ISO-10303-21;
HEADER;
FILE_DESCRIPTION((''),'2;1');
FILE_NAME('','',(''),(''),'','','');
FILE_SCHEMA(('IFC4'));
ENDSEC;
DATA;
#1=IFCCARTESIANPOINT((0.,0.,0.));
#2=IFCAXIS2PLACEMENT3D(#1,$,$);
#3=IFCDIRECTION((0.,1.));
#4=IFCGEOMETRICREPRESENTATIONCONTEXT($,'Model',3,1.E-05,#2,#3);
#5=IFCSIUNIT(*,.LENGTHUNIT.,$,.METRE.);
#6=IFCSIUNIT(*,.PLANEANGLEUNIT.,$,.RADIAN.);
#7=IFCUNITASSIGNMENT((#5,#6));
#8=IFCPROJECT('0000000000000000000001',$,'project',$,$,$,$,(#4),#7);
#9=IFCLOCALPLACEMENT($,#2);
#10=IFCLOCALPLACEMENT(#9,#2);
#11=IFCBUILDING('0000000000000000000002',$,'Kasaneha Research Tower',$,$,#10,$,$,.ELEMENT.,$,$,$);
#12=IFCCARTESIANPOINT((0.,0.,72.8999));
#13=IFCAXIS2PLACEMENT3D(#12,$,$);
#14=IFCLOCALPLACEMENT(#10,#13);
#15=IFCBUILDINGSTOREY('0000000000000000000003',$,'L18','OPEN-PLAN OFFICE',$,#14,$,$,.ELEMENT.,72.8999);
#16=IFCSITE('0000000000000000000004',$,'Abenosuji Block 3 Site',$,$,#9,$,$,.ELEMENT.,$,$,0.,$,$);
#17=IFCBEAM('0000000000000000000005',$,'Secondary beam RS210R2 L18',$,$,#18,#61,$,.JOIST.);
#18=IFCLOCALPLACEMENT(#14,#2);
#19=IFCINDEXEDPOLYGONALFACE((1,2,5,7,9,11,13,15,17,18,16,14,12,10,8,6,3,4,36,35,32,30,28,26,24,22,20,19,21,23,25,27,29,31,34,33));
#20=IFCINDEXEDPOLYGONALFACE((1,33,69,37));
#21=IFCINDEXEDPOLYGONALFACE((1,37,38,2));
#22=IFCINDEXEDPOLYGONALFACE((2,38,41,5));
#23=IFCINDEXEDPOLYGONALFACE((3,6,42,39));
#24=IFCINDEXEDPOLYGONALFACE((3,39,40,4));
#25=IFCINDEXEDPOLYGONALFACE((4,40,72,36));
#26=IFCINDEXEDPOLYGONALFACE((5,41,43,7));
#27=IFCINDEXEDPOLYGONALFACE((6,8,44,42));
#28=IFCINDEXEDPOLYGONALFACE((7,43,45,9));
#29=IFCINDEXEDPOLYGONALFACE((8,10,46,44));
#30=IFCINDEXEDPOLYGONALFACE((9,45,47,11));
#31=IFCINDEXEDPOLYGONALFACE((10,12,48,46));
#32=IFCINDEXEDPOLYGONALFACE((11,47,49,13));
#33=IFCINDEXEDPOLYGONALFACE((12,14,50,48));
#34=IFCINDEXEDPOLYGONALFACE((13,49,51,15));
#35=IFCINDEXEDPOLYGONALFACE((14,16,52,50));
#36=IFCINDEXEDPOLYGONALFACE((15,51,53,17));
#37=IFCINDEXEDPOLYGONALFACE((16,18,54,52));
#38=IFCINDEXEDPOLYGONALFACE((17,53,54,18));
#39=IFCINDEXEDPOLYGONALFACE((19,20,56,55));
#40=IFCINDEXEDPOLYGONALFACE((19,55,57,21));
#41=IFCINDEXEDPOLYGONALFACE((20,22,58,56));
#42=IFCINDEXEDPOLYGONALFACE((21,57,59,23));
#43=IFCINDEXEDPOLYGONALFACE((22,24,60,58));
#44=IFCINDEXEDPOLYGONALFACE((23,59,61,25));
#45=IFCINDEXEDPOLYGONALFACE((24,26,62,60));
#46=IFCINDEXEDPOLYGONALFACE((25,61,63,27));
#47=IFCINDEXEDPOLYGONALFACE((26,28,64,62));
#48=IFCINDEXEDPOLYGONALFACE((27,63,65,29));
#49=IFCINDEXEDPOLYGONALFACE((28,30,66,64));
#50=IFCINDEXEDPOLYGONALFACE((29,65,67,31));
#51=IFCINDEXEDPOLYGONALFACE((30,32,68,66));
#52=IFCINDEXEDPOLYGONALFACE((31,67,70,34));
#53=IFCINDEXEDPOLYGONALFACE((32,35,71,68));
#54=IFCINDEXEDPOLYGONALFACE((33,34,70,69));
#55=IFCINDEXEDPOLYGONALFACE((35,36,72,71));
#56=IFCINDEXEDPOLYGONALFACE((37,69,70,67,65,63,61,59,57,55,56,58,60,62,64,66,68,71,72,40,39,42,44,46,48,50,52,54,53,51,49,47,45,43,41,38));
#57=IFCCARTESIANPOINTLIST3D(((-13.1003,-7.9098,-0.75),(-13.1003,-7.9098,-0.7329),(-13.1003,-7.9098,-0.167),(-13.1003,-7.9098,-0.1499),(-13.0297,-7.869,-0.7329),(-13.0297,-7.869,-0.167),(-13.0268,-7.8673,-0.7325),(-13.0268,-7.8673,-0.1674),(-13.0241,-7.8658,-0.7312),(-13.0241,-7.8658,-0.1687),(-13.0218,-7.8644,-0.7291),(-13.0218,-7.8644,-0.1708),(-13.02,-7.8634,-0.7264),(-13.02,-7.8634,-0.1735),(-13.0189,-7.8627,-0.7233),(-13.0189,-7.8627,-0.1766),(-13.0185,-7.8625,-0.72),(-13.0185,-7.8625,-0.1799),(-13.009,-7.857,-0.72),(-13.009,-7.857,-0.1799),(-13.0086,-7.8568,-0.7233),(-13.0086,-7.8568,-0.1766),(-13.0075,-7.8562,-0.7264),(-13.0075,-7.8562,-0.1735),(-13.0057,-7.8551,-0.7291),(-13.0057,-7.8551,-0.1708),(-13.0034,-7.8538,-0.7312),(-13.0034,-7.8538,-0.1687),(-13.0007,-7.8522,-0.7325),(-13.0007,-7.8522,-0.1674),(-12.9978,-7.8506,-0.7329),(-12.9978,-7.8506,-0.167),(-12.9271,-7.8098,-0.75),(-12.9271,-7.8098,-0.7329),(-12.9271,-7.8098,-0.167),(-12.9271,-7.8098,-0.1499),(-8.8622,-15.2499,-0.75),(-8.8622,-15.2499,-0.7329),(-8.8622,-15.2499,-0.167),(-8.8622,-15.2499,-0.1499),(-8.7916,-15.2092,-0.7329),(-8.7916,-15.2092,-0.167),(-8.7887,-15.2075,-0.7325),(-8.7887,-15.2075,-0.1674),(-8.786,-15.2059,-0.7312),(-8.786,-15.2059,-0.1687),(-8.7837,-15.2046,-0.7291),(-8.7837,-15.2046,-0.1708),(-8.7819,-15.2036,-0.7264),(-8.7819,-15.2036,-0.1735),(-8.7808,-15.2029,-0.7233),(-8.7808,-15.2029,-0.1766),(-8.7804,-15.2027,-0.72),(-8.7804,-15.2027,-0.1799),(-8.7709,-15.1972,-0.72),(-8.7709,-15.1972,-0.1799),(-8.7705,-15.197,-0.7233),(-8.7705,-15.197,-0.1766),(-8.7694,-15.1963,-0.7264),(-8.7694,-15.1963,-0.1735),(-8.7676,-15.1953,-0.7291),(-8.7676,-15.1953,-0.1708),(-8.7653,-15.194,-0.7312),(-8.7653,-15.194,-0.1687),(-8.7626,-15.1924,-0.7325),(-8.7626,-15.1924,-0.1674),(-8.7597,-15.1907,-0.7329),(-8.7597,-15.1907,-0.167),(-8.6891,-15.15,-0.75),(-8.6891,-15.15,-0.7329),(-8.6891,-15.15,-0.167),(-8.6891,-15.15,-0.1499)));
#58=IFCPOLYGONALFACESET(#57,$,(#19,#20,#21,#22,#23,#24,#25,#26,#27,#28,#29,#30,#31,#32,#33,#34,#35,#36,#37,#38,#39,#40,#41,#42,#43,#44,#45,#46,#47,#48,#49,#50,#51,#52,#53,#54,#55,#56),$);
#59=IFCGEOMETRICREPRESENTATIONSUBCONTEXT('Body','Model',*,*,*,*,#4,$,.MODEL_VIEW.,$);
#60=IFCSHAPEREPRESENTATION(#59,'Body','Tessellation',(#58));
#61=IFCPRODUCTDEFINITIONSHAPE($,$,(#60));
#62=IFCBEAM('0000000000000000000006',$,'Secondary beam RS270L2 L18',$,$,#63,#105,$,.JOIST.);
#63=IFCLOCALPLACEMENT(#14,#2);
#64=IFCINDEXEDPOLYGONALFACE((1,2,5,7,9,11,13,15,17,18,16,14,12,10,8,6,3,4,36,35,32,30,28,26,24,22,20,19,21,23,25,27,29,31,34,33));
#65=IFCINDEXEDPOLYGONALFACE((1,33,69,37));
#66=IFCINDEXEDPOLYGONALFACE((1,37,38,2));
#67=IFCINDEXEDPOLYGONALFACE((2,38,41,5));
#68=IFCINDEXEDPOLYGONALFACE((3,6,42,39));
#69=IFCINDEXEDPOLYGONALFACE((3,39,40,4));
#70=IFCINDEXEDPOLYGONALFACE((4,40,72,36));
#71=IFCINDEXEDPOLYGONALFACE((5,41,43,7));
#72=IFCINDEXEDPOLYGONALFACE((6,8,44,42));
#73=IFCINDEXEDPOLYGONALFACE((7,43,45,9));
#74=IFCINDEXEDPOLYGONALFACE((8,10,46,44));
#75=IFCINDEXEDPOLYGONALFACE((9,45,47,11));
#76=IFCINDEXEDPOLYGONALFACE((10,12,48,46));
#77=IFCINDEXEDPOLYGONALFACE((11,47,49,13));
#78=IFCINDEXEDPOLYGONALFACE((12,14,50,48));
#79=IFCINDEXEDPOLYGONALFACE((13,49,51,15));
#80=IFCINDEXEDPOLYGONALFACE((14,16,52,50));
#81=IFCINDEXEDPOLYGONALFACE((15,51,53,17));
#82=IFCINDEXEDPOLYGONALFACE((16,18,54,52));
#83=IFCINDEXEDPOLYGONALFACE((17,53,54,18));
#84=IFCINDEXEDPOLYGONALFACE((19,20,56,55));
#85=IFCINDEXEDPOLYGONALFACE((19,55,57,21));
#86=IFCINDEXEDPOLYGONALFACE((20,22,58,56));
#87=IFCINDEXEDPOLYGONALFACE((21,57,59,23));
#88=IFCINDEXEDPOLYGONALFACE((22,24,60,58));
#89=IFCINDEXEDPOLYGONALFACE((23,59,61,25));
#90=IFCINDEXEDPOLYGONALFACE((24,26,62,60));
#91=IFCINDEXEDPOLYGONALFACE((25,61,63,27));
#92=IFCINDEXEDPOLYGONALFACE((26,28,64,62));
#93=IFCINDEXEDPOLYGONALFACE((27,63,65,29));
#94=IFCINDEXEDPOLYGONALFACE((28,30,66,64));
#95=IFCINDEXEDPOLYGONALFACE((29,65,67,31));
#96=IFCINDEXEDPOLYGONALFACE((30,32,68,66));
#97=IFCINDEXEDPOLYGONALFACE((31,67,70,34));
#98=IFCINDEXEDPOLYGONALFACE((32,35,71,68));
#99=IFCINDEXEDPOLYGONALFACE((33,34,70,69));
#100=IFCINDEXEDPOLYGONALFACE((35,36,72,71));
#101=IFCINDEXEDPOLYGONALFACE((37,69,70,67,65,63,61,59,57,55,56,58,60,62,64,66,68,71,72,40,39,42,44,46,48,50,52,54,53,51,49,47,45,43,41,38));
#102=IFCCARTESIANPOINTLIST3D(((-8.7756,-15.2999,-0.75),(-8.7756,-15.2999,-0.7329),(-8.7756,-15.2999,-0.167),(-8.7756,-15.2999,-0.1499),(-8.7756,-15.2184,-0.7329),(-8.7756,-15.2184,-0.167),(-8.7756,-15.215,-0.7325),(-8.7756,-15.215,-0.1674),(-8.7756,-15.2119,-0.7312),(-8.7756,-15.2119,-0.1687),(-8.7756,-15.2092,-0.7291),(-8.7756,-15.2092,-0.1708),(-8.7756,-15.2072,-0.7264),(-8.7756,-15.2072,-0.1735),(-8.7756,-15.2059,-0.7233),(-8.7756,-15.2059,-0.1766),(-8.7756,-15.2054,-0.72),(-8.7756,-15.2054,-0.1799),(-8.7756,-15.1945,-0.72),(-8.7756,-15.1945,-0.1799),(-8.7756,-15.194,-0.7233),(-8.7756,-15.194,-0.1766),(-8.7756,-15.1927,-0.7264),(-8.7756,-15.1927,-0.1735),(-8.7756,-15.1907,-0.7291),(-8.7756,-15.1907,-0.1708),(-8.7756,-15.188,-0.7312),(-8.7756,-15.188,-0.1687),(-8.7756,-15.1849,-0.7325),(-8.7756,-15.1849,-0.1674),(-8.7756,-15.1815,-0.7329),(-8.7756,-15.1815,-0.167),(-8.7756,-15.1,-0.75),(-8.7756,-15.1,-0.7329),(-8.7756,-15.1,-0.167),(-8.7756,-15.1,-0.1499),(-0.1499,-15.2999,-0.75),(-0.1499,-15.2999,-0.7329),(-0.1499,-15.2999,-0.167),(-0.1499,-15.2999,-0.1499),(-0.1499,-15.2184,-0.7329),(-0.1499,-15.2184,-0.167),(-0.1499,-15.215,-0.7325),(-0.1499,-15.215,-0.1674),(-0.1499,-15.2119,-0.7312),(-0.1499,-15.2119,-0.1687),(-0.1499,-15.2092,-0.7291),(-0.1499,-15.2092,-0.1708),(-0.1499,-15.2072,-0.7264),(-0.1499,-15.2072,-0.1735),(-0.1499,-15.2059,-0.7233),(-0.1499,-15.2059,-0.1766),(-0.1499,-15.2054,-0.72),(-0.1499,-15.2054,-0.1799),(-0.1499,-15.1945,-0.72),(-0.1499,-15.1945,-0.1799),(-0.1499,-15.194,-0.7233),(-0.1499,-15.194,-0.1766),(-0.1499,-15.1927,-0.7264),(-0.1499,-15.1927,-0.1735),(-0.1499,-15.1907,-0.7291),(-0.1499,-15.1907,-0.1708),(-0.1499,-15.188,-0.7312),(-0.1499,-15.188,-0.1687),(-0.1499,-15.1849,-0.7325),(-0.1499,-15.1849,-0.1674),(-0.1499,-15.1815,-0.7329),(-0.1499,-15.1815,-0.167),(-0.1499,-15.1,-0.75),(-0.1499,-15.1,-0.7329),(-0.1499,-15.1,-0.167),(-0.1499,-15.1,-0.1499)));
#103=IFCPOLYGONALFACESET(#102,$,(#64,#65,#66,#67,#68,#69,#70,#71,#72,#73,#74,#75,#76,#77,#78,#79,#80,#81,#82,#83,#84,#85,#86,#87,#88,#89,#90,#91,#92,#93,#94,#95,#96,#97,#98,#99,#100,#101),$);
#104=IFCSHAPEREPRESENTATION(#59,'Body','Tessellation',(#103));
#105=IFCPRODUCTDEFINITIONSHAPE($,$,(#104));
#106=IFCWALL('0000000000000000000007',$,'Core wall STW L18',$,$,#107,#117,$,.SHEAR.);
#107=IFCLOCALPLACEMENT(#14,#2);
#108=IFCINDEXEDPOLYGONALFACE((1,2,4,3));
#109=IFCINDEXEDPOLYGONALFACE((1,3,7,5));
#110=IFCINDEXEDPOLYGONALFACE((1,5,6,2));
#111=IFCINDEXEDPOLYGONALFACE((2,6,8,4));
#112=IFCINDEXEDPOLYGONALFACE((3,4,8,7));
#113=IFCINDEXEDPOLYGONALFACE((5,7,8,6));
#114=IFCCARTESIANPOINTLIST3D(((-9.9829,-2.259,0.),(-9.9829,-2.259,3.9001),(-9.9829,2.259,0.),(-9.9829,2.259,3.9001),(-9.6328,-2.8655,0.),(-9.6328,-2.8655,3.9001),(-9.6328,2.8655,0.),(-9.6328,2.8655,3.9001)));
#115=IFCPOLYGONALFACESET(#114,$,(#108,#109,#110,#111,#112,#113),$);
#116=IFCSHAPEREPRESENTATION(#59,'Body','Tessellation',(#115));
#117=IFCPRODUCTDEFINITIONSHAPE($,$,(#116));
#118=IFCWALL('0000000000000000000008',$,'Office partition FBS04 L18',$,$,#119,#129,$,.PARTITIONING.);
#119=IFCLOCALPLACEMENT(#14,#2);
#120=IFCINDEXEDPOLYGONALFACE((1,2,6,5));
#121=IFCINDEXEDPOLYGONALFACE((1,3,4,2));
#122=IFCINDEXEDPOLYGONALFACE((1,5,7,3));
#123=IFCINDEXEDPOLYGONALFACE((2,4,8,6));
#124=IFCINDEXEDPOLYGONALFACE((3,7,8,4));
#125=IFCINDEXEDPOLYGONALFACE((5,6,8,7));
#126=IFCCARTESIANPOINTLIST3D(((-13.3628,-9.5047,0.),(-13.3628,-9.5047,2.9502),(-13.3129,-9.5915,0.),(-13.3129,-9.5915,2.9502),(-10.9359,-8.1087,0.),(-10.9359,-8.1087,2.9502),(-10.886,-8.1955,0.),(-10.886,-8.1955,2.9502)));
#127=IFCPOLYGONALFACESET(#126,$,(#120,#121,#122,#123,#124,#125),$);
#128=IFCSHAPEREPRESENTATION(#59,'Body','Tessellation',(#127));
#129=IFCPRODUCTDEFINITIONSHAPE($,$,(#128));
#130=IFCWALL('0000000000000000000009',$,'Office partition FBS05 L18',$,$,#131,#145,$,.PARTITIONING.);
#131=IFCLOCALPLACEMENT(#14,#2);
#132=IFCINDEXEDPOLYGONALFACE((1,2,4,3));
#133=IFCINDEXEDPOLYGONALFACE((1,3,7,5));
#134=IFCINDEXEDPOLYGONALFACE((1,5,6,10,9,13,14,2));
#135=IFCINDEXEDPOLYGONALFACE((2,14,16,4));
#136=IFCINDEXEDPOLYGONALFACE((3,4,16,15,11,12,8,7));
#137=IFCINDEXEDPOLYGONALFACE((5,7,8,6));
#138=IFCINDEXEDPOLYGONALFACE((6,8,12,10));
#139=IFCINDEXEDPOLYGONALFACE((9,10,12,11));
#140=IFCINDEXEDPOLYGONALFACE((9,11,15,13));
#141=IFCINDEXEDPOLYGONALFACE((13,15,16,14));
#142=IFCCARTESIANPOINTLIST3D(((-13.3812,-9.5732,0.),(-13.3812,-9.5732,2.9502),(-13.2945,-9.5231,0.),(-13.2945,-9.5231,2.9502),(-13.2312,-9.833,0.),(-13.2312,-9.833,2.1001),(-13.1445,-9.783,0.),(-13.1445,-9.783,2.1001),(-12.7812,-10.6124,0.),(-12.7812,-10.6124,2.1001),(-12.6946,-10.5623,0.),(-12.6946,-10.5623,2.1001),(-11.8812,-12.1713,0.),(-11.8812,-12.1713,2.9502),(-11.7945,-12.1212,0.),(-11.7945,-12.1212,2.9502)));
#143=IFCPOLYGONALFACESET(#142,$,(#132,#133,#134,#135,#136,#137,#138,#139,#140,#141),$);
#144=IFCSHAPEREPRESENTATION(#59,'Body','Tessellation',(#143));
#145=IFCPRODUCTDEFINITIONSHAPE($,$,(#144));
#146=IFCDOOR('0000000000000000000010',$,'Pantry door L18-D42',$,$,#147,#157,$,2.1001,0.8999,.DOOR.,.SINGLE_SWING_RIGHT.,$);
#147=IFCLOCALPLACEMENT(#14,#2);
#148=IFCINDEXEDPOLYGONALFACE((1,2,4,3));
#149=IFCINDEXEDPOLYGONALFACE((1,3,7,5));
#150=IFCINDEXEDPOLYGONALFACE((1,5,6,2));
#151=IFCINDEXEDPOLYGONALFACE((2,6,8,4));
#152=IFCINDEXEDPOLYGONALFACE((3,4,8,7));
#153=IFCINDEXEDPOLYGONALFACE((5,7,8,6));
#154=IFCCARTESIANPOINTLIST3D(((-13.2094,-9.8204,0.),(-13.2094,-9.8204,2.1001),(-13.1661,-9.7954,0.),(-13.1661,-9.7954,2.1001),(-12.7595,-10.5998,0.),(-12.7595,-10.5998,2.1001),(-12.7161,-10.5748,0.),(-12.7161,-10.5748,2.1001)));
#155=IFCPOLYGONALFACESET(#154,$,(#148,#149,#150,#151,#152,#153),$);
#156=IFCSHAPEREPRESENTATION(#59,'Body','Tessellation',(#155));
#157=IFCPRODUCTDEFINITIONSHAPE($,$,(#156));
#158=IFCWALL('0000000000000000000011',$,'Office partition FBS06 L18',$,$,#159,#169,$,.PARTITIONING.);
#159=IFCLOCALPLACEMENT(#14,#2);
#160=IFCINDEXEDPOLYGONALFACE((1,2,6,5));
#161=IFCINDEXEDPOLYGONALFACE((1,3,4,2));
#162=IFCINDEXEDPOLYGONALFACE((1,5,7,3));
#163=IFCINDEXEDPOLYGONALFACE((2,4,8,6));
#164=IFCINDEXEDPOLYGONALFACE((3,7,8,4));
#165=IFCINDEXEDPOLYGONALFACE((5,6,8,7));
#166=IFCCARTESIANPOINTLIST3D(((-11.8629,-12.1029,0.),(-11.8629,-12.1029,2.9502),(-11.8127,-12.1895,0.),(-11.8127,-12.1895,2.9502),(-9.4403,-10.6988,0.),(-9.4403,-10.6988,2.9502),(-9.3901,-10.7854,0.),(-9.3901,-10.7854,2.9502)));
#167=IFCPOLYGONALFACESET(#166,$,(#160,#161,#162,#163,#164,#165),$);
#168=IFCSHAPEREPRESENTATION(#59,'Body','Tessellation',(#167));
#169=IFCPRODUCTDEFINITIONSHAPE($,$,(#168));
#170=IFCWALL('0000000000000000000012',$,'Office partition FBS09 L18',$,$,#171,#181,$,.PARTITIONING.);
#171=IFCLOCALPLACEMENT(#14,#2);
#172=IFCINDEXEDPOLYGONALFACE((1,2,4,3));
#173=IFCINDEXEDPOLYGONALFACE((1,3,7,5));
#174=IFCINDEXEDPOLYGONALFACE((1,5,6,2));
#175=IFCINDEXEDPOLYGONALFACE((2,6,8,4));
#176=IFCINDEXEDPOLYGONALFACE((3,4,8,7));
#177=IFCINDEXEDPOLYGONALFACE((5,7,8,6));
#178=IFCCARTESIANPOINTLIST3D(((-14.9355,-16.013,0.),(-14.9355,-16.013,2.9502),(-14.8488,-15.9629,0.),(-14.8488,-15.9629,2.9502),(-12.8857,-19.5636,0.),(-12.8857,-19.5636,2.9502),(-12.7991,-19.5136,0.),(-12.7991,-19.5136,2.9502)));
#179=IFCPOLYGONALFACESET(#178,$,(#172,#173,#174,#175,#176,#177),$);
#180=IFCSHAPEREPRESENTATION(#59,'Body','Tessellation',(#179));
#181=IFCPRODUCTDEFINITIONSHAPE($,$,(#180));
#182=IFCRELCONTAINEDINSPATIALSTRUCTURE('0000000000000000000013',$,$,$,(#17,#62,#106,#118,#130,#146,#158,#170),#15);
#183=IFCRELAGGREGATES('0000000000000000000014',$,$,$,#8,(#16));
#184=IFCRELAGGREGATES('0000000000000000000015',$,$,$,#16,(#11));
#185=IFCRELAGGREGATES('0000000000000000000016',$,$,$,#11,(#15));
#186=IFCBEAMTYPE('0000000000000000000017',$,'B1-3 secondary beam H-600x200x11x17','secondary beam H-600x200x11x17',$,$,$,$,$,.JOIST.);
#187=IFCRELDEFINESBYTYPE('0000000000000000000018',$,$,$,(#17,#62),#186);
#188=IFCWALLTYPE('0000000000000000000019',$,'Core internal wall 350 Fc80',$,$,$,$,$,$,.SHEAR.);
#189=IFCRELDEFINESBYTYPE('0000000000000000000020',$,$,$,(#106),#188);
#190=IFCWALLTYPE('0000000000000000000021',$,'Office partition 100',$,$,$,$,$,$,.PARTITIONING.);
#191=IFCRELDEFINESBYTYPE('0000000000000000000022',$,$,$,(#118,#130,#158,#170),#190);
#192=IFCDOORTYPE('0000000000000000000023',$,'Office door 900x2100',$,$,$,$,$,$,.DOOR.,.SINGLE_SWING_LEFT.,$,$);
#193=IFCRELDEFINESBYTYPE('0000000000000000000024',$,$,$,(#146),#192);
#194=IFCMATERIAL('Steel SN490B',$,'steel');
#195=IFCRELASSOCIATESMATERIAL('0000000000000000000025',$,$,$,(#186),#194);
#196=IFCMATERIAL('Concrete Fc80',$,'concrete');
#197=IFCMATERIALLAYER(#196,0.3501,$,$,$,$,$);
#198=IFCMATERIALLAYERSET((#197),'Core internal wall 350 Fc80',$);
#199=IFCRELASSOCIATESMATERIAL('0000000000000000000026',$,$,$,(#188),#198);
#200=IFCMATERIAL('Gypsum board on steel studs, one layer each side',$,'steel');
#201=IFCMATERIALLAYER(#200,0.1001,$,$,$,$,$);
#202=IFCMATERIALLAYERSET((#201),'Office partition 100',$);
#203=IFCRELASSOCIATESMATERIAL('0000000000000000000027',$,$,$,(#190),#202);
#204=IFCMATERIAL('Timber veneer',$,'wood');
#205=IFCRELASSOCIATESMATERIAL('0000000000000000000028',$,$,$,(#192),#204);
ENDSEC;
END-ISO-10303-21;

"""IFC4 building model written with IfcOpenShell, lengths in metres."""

from ifc_helpers import new_model, si_unit, direction, frame, frame_2d, origin, origin_2d, place, context, subcontext, project, spatial, polyline, rectangle, i_section, outline, extrude, material, layer, layer_set, material_profile, profile_set, type_object, element, fill, save


model = new_model("IFC4")

# Units and contexts
model_context = context("Model", 3, precision=1e-05, world=origin(), true_north=direction((0.0, 1.0)))
body_context = subcontext(model_context, "Body", "Model", "MODEL_VIEW")
ifc_project = project(units=[si_unit("LENGTHUNIT", "METRE"), si_unit("PLANEANGLEUNIT", "RADIAN")], contexts=[model_context])

# Site, building, storey
site_placement = place(None, origin())
site = spatial("IfcSite", under=ifc_project, at=site_placement, Name="Abenosuji Block 3 Site", CompositionType="ELEMENT", RefElevation=0.0)
building_placement = place(site_placement, origin())
building = spatial("IfcBuilding", under=site, at=building_placement, Name="Kasaneha Research Tower", CompositionType="ELEMENT")
storey_placement = place(building_placement, frame((0.0, 0.0, 72.8999)))
storey = spatial("IfcBuildingStorey", under=building, at=storey_placement, Name="L18", Description="OPEN-PLAN OFFICE", CompositionType="ELEMENT", Elevation=72.8999)

# Beams
ifc_material_1 = material(Name="Steel SN490B", Category="steel")
ifc_material_profile_1 = material_profile(ifc_material_1, i_section(OverallWidth=0.2, OverallDepth=0.6001, WebThickness=0.011, FlangeThickness=0.0171, FilletRadius=0.0129, at=origin_2d()), Name="H-600x200x11x17")
ifc_profile_set_1 = profile_set([ifc_material_profile_1], Name="Steel SN490B")
beam_type = type_object("IfcBeamType", Name="B1-3 secondary beam H-600x200x11x17", Description="secondary beam H-600x200x11x17", PredefinedType="JOIST", material=ifc_profile_set_1)
beam_1_placement = place(storey_placement, frame((-8.7756, -15.2, -0.45), z_axis=(-0.500021, 0.866013, 0.0), x_axis=(-0.866013, -0.500021, 0.0)))
element("IfcBeam", 1, at=beam_1_placement, inside=storey, type_object=beam_type, Name="Secondary beam RS210R2 L18", PredefinedType="JOIST", context=body_context, shape_type="SweptSolid", body=[
    extrude(i_section(OverallWidth=0.2, OverallDepth=0.6001, WebThickness=0.011, FlangeThickness=0.0171, FilletRadius=0.0129, at=origin_2d()), origin(), (0.0, 0.0, 1.0), 8.4758),
])
beam_2_placement = place(storey_placement, frame((-8.7756, -15.2, -0.45), z_axis=(1.0, 0.0, 0.0), x_axis=(0.0, 1.0, 0.0)))
element("IfcBeam", 2, at=beam_2_placement, inside=storey, type_object=beam_type, Name="Secondary beam RS270L2 L18", PredefinedType="JOIST", context=body_context, shape_type="SweptSolid", body=[
    extrude(i_section(OverallWidth=0.2, OverallDepth=0.6001, WebThickness=0.011, FlangeThickness=0.0171, FilletRadius=0.0129, at=origin_2d()), origin(), (0.0, 0.0, 1.0), 8.6257),
])

# Shared definitions
ifc_material_2 = material(Name="Concrete Fc80", Category="concrete")
ifc_layer_1 = layer(ifc_material_2, 0.3501)
ifc_layer_set_1 = layer_set([ifc_layer_1], Name="Core internal wall 350 Fc80")
wall_type_1 = type_object("IfcWallType", Name="Core internal wall 350 Fc80", PredefinedType="SHEAR", material=ifc_layer_set_1)

# Walls
wall_1_placement = place(storey_placement, frame((-9.8079, -2.5623, 0.0), z_axis=(0.0, 0.0, 1.0), x_axis=(0.0, 1.0, 0.0)))
element("IfcWall", 3, at=wall_1_placement, inside=storey, type_object=wall_type_1, Name="Core wall STW L18", PredefinedType="SHEAR", context=body_context, shape_type="SweptSolid", body=[
    extrude(outline(polyline([(-0.3032, -0.175), (5.4277, -0.175), (4.8213, 0.175), (0.3032, 0.175), (-0.3032, -0.175)])), origin(), (0.0, 0.0, 1.0), 3.9001),
])
ifc_material_3 = material(Name="Gypsum board on steel studs, one layer each side", Category="steel")
ifc_layer_2 = layer(ifc_material_3, 0.1001)
ifc_layer_set_2 = layer_set([ifc_layer_2], Name="Office partition 100")
wall_type_2 = type_object("IfcWallType", Name="Office partition 100", PredefinedType="PARTITIONING", material=ifc_layer_set_2)
wall_2_placement = place(storey_placement, frame((-13.3379, -9.5481, 0.0), z_axis=(0.0, 0.0, 1.0), x_axis=(0.866834, 0.498597, 0.0)))
element("IfcWall", 4, at=wall_2_placement, inside=storey, type_object=wall_type_2, Name="Office partition FBS04 L18", PredefinedType="PARTITIONING", context=body_context, shape_type="SweptSolid", body=[
    extrude(rectangle(XDim=2.7998, YDim=0.1001, at=frame_2d((1.3999, 0.0))), origin(), (0.0, 0.0, 1.0), 2.9502),
])

# Wall, opening, door
wall_3_placement = place(storey_placement, frame((-11.8379, -12.1462, 0.0), z_axis=(0.0, 0.0, 1.0), x_axis=(-0.49999, 0.866031, 0.0)))
wall_3 = element("IfcWall", 5, at=wall_3_placement, inside=storey, type_object=wall_type_2, Name="Office partition FBS05 L18", PredefinedType="PARTITIONING", context=body_context, shape_type="SweptSolid", body=[
    extrude(rectangle(XDim=3.0, YDim=0.1001, at=frame_2d((1.5, 0.0))), origin(), (0.0, 0.0, 1.0), 2.9502),
])
opening_1_placement = place(wall_3_placement, frame((1.8, 0.0, 0.0)))
opening_1 = element("IfcOpeningElement", 6, at=opening_1_placement, cuts=wall_3, PredefinedType="OPENING", context=body_context, shape_type="SweptSolid", body=[
    extrude(rectangle(XDim=0.8999, YDim=2.1001, at=frame_2d((0.45, 1.05))), frame((0.0, 0.0601, 0.0), z_axis=(0.0, -1.0, 0.0), x_axis=(1.0, 0.0, 0.0)), (0.0, 0.0, 1.0), 0.1201),
])
ifc_material_4 = material(Name="Timber veneer", Category="wood")
door_type_1 = type_object("IfcDoorType", Name="Office door 900x2100", OperationType="SINGLE_SWING_LEFT", PredefinedType="DOOR", material=ifc_material_4)
door_1_placement = place(opening_1_placement, origin())
door_1 = element("IfcDoor", 7, at=door_1_placement, inside=storey, type_object=door_type_1, Name="Pantry door L18-D42", OperationType="SINGLE_SWING_RIGHT", OverallHeight=2.1001, OverallWidth=0.8999, PredefinedType="DOOR", context=body_context, shape_type="SweptSolid", body=[
    extrude(rectangle(XDim=0.8999, YDim=2.1001, at=frame_2d((0.45, 1.05))), frame((0.0, 0.0249, 0.0), z_axis=(0.0, -1.0, 0.0), x_axis=(1.0, 0.0, 0.0)), (0.0, 0.0, 1.0), 0.05),
])
fill(opening_1, door_1)

# Walls
wall_4_placement = place(storey_placement, frame((-9.4153, -10.7422, 0.0), z_axis=(0.0, 0.0, 1.0), x_axis=(-0.865195, -0.501435, 0.0)))
element("IfcWall", 8, at=wall_4_placement, inside=storey, type_object=wall_type_2, Name="Office partition FBS06 L18", PredefinedType="PARTITIONING", context=body_context, shape_type="SweptSolid", body=[
    extrude(rectangle(XDim=2.8, YDim=0.1001, at=frame_2d((1.3999, 0.0))), origin(), (0.0, 0.0, 1.0), 2.9502),
])
wall_5_placement = place(storey_placement, frame((-14.8921, -15.988, 0.0), z_axis=(0.0, 0.0, 1.0), x_axis=(0.499956, -0.866051, 0.0)))
element("IfcWall", 9, at=wall_5_placement, inside=storey, type_object=wall_type_2, Name="Office partition FBS09 L18", PredefinedType="PARTITIONING", context=body_context, shape_type="SweptSolid", body=[
    extrude(rectangle(XDim=4.0999, YDim=0.1001, at=frame_2d((2.0498, 0.0))), origin(), (0.0, 0.0, 1.0), 2.9502),
])

save(model, "model.ifc")
